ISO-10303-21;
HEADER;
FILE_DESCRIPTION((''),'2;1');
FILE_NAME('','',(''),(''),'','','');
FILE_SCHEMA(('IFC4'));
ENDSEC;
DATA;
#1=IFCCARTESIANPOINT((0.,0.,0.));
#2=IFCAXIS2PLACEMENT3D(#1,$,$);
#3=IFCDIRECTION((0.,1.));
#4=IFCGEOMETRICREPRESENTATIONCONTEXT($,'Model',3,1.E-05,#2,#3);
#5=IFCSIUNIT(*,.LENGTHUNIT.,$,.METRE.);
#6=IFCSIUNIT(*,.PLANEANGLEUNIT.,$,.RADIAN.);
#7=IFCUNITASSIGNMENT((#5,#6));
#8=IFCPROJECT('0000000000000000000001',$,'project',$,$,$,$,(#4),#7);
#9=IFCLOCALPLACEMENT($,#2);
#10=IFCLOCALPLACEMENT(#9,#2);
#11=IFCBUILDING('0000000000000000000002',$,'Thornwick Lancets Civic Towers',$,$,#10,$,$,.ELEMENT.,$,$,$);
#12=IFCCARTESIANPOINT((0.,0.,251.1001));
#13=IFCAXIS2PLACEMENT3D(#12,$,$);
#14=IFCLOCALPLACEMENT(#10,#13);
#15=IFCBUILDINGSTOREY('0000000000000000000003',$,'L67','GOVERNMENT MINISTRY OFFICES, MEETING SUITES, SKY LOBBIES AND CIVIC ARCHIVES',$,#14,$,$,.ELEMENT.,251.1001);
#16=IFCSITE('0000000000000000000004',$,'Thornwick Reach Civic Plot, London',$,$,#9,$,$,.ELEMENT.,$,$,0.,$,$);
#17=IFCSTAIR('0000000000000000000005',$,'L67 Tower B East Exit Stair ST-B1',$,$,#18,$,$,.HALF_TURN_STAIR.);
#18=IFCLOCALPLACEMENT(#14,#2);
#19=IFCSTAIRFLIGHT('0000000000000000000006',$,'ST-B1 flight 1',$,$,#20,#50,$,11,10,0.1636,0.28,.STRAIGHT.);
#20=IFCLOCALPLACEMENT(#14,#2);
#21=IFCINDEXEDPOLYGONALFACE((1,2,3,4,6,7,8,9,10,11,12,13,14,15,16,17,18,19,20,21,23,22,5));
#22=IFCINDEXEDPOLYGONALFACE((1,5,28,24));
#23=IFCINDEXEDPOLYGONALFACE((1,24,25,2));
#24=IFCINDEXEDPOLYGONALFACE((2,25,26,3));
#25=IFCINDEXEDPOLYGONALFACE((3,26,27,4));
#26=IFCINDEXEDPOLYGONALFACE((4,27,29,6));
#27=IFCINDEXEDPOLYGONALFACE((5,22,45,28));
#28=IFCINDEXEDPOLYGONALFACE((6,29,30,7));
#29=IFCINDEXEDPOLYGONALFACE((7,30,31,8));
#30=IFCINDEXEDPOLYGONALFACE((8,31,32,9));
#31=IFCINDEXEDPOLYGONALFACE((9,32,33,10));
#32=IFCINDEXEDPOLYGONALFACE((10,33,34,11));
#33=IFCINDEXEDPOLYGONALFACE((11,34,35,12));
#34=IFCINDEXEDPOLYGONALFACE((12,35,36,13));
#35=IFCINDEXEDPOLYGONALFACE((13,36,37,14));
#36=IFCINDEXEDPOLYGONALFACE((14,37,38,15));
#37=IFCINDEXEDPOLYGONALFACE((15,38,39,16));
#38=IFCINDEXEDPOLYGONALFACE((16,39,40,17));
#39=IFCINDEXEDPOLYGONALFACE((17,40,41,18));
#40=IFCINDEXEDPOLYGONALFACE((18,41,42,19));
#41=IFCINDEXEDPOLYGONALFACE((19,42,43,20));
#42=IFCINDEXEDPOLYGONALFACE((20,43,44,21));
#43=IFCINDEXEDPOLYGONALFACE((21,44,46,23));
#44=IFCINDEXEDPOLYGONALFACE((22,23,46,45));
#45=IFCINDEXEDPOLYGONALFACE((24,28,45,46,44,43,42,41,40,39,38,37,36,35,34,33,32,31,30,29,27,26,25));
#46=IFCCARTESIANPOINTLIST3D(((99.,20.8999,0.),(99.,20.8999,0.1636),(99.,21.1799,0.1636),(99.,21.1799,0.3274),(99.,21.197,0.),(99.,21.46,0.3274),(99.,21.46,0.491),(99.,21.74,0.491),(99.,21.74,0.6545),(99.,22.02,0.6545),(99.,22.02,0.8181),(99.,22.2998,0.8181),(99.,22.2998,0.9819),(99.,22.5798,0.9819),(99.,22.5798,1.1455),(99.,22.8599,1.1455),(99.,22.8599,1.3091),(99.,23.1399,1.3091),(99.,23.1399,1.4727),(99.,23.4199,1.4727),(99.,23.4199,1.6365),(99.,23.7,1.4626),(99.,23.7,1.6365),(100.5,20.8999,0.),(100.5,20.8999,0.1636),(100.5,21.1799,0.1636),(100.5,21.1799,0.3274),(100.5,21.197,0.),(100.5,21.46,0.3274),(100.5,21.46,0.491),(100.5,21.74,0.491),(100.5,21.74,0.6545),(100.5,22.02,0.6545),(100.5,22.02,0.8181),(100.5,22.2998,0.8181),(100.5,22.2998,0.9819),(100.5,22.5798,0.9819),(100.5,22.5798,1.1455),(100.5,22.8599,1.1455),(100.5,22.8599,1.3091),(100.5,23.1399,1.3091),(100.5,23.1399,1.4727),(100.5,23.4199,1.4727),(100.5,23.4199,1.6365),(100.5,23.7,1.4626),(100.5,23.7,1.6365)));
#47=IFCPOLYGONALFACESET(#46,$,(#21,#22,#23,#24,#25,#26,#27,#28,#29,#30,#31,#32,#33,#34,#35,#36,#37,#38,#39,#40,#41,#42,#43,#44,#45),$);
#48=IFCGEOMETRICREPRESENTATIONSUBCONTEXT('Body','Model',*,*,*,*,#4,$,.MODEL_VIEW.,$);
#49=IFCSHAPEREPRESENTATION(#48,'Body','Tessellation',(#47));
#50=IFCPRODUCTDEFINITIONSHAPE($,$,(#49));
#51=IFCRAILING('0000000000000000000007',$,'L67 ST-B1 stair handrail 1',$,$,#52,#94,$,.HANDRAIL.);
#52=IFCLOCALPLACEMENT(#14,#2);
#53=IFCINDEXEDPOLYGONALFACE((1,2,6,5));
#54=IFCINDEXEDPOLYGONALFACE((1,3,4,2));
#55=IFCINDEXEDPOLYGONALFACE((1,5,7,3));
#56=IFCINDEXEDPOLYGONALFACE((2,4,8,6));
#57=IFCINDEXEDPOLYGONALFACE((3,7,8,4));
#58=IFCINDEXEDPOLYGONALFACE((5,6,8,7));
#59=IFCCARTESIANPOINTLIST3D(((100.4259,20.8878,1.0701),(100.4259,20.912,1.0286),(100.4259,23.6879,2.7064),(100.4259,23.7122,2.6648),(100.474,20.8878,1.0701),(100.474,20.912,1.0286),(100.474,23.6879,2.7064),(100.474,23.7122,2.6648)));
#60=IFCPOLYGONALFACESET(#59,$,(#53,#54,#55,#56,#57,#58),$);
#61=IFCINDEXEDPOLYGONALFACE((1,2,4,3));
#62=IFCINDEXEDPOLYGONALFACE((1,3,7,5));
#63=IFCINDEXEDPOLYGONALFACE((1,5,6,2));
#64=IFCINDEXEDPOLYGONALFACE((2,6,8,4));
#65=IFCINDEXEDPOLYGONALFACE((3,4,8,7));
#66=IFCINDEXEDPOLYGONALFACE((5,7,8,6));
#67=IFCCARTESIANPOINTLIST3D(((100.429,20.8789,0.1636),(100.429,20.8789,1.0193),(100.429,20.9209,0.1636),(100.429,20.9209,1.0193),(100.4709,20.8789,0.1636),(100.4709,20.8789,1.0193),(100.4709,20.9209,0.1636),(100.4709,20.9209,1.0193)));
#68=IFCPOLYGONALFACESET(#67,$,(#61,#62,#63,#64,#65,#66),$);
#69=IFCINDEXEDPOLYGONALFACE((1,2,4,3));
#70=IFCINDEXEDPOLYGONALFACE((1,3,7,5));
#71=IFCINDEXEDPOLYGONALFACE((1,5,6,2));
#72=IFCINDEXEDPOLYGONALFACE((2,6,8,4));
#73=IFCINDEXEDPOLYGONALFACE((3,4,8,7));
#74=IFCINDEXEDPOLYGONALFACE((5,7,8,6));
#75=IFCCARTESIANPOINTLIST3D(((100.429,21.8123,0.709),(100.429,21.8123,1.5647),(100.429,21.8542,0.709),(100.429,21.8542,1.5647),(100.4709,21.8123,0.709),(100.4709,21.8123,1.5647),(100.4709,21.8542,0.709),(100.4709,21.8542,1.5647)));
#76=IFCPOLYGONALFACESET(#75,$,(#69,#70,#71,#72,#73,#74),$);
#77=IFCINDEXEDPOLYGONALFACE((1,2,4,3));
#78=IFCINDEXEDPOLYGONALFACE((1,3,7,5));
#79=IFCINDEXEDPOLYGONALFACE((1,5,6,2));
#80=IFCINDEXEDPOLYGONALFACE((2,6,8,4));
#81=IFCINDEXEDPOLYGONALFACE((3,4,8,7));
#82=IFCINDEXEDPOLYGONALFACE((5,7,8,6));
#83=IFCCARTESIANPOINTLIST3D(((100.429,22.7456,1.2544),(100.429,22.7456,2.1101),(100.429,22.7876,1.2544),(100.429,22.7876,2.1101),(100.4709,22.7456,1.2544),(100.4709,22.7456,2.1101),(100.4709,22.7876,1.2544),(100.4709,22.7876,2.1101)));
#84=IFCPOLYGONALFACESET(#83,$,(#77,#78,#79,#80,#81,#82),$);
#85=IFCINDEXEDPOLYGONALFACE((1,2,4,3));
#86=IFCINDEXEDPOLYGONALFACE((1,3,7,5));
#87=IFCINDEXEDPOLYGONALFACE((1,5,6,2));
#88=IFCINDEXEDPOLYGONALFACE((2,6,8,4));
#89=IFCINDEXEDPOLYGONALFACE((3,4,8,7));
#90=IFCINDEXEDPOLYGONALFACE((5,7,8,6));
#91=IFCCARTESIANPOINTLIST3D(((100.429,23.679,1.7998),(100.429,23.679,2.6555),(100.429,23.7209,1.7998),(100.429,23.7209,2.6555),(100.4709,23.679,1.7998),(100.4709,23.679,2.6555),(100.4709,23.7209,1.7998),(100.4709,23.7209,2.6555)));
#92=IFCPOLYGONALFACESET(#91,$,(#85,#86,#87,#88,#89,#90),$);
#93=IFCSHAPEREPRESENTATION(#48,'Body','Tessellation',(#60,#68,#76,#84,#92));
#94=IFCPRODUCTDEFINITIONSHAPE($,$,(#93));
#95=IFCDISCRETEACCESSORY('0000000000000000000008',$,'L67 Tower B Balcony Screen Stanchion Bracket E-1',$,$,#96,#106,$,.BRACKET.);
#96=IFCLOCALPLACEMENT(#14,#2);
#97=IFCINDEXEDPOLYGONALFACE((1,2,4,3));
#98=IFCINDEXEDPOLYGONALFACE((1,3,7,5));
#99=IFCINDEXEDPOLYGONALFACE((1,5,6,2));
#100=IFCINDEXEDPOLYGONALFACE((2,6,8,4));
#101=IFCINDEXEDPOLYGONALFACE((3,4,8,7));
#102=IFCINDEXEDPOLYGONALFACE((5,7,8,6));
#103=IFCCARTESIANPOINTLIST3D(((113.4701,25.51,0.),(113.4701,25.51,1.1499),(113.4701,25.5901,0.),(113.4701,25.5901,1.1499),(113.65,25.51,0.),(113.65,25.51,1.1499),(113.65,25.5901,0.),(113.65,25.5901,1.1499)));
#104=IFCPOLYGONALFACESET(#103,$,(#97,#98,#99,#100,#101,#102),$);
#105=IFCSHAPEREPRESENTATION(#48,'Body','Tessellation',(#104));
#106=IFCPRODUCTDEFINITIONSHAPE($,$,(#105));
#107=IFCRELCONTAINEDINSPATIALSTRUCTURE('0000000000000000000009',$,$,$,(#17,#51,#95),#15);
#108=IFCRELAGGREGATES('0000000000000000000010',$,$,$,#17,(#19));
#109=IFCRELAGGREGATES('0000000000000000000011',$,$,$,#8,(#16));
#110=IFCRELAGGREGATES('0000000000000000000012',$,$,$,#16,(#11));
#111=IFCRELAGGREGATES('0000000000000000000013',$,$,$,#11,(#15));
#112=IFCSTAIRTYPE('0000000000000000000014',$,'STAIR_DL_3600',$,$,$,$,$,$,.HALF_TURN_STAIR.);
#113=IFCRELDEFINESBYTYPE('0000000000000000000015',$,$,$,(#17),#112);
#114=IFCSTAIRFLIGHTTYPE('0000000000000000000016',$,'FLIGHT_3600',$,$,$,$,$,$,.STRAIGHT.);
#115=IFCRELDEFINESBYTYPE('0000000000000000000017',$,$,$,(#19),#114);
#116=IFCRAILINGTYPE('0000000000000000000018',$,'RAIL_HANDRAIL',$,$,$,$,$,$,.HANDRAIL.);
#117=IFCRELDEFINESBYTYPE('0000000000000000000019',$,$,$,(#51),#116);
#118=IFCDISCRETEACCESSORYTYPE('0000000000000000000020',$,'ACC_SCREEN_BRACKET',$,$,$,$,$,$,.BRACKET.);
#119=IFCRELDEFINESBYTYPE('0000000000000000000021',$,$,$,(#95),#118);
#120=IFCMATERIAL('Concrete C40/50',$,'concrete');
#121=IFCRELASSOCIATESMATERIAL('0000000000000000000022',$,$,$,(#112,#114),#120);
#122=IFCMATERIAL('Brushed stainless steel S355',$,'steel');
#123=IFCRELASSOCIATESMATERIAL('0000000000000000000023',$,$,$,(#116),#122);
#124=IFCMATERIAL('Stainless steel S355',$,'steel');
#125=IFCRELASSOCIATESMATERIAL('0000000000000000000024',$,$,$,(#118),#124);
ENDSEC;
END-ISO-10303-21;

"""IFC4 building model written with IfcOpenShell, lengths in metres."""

from ifc_helpers import new_model, si_unit, direction, frame, origin, origin_2d, place, context, subcontext, project, spatial, polyline, rectangle, outline, extrude, material, type_object, element, aggregate, save


model = new_model("IFC4")

# Units and contexts
model_context = context("Model", 3, precision=1e-05, world=origin(), true_north=direction((0.0, 1.0)))
body_context = subcontext(model_context, "Body", "Model", "MODEL_VIEW")
ifc_project = project(units=[si_unit("LENGTHUNIT", "METRE"), si_unit("PLANEANGLEUNIT", "RADIAN")], contexts=[model_context])

# Site, building, storey
site_placement = place(None, origin())
site = spatial("IfcSite", under=ifc_project, at=site_placement, Name="Thornwick Reach Civic Plot, London", CompositionType="ELEMENT", RefElevation=0.0)
building_placement = place(site_placement, origin())
building = spatial("IfcBuilding", under=site, at=building_placement, Name="Thornwick Lancets Civic Towers", CompositionType="ELEMENT")
storey_placement = place(building_placement, frame((0.0, 0.0, 251.1001)))
storey = spatial("IfcBuildingStorey", under=building, at=storey_placement, Name="L67", Description="GOVERNMENT MINISTRY OFFICES, MEETING SUITES, SKY LOBBIES AND CIVIC ARCHIVES", CompositionType="ELEMENT", Elevation=251.1001)

# Shared definitions
ifc_material_1 = material(Name="Concrete C40/50", Category="concrete")

# Stair, stair flight
stair_type = type_object("IfcStairType", Name="STAIR_DL_3600", PredefinedType="HALF_TURN_STAIR", material=ifc_material_1)
stair_placement = place(storey_placement, origin())
stair = element("IfcStair", 1, at=stair_placement, inside=storey, type_object=stair_type, Name="L67 Tower B East Exit Stair ST-B1", PredefinedType="HALF_TURN_STAIR")
stair_flight_type = type_object("IfcStairFlightType", Name="FLIGHT_3600", PredefinedType="STRAIGHT", material=ifc_material_1)
stair_flight_placement = place(storey_placement, frame((99.75, 20.8999, 0.0), z_axis=(0.0, 0.0, 1.0), x_axis=(0.0, 1.0, 0.0)))
stair_flight = element("IfcStairFlight", 2, at=stair_flight_placement, type_object=stair_flight_type, Name="ST-B1 flight 1", NumberOfRisers=11, NumberOfTreads=10, PredefinedType="STRAIGHT", RiserHeight=0.1636, TreadLength=0.28, context=body_context, shape_type="SweptSolid", body=[
    extrude(outline(polyline([(0.0, 0.0), (0.0, 0.1636), (0.28, 0.1636), (0.28, 0.3274), (0.5601, 0.3274), (0.5601, 0.491), (0.8401, 0.491), (0.8401, 0.6545), (1.1201, 0.6545), (1.1201, 0.8181), (1.3999, 0.8181), (1.3999, 0.9819), (1.6799, 0.9819), (1.6799, 1.1455), (1.96, 1.1455), (1.96, 1.3091), (2.24, 1.3091), (2.24, 1.4727), (2.52, 1.4727), (2.52, 1.6365), (2.8, 1.6365), (2.8, 1.8), (2.8, 1.4626), (0.2971, 0.0), (0.0, 0.0)])), frame((0.0, 0.75, 0.0), z_axis=(0.0, -1.0, 0.0), x_axis=(1.0, 0.0, 0.0)), (0.0, 0.0, 1.0), 1.5),
])
aggregate(stair, [stair_flight])

# Railing
ifc_material_2 = material(Name="Brushed stainless steel S355", Category="steel")
railing_type = type_object("IfcRailingType", Name="RAIL_HANDRAIL", PredefinedType="HANDRAIL", material=ifc_material_2)
railing_placement = place(storey_placement, frame((100.45, 20.8999, 0.1636)))
element("IfcRailing", 3, at=railing_placement, inside=storey, type_object=railing_type, Name="L67 ST-B1 stair handrail 1", PredefinedType="HANDRAIL", context=body_context, shape_type="SweptSolid", body=[
    extrude(rectangle(XDim=0.0481, YDim=0.0481, at=origin_2d()), frame((0.0, 0.0, 0.8857), z_axis=(0.0, 0.863394, 0.504531), x_axis=(-1.0, 0.0, 0.0)), (0.0, 0.0, 1.0), 3.2432),
    extrude(rectangle(XDim=0.042, YDim=0.042, at=origin_2d()), origin(), (0.0, 0.0, 1.0), 0.8557),
    extrude(rectangle(XDim=0.042, YDim=0.042, at=origin_2d()), frame((0.0, 0.9333, 0.5454)), (0.0, 0.0, 1.0), 0.8557),
    extrude(rectangle(XDim=0.042, YDim=0.042, at=origin_2d()), frame((0.0, 1.8667, 1.0908)), (0.0, 0.0, 1.0), 0.8557),
    extrude(rectangle(XDim=0.042, YDim=0.042, at=origin_2d()), frame((0.0, 2.8, 1.6362)), (0.0, 0.0, 1.0), 0.8557),
])

# Discrete accessory
ifc_material_3 = material(Name="Stainless steel S355", Category="steel")
discrete_accessory_type = type_object("IfcDiscreteAccessoryType", Name="ACC_SCREEN_BRACKET", PredefinedType="BRACKET", material=ifc_material_3)
discrete_accessory_placement = place(storey_placement, frame((113.5601, 25.55, 0.0), z_axis=(0.0, 0.0, 1.0), x_axis=(0.0, 1.0, 0.0)))
element("IfcDiscreteAccessory", 4, at=discrete_accessory_placement, inside=storey, type_object=discrete_accessory_type, Name="L67 Tower B Balcony Screen Stanchion Bracket E-1", PredefinedType="BRACKET", context=body_context, shape_type="SweptSolid", body=[
    extrude(rectangle(XDim=0.0801, YDim=0.1799, at=origin_2d()), origin(), (0.0, 0.0, 1.0), 1.1499),
])

save(model, "model.ifc")
